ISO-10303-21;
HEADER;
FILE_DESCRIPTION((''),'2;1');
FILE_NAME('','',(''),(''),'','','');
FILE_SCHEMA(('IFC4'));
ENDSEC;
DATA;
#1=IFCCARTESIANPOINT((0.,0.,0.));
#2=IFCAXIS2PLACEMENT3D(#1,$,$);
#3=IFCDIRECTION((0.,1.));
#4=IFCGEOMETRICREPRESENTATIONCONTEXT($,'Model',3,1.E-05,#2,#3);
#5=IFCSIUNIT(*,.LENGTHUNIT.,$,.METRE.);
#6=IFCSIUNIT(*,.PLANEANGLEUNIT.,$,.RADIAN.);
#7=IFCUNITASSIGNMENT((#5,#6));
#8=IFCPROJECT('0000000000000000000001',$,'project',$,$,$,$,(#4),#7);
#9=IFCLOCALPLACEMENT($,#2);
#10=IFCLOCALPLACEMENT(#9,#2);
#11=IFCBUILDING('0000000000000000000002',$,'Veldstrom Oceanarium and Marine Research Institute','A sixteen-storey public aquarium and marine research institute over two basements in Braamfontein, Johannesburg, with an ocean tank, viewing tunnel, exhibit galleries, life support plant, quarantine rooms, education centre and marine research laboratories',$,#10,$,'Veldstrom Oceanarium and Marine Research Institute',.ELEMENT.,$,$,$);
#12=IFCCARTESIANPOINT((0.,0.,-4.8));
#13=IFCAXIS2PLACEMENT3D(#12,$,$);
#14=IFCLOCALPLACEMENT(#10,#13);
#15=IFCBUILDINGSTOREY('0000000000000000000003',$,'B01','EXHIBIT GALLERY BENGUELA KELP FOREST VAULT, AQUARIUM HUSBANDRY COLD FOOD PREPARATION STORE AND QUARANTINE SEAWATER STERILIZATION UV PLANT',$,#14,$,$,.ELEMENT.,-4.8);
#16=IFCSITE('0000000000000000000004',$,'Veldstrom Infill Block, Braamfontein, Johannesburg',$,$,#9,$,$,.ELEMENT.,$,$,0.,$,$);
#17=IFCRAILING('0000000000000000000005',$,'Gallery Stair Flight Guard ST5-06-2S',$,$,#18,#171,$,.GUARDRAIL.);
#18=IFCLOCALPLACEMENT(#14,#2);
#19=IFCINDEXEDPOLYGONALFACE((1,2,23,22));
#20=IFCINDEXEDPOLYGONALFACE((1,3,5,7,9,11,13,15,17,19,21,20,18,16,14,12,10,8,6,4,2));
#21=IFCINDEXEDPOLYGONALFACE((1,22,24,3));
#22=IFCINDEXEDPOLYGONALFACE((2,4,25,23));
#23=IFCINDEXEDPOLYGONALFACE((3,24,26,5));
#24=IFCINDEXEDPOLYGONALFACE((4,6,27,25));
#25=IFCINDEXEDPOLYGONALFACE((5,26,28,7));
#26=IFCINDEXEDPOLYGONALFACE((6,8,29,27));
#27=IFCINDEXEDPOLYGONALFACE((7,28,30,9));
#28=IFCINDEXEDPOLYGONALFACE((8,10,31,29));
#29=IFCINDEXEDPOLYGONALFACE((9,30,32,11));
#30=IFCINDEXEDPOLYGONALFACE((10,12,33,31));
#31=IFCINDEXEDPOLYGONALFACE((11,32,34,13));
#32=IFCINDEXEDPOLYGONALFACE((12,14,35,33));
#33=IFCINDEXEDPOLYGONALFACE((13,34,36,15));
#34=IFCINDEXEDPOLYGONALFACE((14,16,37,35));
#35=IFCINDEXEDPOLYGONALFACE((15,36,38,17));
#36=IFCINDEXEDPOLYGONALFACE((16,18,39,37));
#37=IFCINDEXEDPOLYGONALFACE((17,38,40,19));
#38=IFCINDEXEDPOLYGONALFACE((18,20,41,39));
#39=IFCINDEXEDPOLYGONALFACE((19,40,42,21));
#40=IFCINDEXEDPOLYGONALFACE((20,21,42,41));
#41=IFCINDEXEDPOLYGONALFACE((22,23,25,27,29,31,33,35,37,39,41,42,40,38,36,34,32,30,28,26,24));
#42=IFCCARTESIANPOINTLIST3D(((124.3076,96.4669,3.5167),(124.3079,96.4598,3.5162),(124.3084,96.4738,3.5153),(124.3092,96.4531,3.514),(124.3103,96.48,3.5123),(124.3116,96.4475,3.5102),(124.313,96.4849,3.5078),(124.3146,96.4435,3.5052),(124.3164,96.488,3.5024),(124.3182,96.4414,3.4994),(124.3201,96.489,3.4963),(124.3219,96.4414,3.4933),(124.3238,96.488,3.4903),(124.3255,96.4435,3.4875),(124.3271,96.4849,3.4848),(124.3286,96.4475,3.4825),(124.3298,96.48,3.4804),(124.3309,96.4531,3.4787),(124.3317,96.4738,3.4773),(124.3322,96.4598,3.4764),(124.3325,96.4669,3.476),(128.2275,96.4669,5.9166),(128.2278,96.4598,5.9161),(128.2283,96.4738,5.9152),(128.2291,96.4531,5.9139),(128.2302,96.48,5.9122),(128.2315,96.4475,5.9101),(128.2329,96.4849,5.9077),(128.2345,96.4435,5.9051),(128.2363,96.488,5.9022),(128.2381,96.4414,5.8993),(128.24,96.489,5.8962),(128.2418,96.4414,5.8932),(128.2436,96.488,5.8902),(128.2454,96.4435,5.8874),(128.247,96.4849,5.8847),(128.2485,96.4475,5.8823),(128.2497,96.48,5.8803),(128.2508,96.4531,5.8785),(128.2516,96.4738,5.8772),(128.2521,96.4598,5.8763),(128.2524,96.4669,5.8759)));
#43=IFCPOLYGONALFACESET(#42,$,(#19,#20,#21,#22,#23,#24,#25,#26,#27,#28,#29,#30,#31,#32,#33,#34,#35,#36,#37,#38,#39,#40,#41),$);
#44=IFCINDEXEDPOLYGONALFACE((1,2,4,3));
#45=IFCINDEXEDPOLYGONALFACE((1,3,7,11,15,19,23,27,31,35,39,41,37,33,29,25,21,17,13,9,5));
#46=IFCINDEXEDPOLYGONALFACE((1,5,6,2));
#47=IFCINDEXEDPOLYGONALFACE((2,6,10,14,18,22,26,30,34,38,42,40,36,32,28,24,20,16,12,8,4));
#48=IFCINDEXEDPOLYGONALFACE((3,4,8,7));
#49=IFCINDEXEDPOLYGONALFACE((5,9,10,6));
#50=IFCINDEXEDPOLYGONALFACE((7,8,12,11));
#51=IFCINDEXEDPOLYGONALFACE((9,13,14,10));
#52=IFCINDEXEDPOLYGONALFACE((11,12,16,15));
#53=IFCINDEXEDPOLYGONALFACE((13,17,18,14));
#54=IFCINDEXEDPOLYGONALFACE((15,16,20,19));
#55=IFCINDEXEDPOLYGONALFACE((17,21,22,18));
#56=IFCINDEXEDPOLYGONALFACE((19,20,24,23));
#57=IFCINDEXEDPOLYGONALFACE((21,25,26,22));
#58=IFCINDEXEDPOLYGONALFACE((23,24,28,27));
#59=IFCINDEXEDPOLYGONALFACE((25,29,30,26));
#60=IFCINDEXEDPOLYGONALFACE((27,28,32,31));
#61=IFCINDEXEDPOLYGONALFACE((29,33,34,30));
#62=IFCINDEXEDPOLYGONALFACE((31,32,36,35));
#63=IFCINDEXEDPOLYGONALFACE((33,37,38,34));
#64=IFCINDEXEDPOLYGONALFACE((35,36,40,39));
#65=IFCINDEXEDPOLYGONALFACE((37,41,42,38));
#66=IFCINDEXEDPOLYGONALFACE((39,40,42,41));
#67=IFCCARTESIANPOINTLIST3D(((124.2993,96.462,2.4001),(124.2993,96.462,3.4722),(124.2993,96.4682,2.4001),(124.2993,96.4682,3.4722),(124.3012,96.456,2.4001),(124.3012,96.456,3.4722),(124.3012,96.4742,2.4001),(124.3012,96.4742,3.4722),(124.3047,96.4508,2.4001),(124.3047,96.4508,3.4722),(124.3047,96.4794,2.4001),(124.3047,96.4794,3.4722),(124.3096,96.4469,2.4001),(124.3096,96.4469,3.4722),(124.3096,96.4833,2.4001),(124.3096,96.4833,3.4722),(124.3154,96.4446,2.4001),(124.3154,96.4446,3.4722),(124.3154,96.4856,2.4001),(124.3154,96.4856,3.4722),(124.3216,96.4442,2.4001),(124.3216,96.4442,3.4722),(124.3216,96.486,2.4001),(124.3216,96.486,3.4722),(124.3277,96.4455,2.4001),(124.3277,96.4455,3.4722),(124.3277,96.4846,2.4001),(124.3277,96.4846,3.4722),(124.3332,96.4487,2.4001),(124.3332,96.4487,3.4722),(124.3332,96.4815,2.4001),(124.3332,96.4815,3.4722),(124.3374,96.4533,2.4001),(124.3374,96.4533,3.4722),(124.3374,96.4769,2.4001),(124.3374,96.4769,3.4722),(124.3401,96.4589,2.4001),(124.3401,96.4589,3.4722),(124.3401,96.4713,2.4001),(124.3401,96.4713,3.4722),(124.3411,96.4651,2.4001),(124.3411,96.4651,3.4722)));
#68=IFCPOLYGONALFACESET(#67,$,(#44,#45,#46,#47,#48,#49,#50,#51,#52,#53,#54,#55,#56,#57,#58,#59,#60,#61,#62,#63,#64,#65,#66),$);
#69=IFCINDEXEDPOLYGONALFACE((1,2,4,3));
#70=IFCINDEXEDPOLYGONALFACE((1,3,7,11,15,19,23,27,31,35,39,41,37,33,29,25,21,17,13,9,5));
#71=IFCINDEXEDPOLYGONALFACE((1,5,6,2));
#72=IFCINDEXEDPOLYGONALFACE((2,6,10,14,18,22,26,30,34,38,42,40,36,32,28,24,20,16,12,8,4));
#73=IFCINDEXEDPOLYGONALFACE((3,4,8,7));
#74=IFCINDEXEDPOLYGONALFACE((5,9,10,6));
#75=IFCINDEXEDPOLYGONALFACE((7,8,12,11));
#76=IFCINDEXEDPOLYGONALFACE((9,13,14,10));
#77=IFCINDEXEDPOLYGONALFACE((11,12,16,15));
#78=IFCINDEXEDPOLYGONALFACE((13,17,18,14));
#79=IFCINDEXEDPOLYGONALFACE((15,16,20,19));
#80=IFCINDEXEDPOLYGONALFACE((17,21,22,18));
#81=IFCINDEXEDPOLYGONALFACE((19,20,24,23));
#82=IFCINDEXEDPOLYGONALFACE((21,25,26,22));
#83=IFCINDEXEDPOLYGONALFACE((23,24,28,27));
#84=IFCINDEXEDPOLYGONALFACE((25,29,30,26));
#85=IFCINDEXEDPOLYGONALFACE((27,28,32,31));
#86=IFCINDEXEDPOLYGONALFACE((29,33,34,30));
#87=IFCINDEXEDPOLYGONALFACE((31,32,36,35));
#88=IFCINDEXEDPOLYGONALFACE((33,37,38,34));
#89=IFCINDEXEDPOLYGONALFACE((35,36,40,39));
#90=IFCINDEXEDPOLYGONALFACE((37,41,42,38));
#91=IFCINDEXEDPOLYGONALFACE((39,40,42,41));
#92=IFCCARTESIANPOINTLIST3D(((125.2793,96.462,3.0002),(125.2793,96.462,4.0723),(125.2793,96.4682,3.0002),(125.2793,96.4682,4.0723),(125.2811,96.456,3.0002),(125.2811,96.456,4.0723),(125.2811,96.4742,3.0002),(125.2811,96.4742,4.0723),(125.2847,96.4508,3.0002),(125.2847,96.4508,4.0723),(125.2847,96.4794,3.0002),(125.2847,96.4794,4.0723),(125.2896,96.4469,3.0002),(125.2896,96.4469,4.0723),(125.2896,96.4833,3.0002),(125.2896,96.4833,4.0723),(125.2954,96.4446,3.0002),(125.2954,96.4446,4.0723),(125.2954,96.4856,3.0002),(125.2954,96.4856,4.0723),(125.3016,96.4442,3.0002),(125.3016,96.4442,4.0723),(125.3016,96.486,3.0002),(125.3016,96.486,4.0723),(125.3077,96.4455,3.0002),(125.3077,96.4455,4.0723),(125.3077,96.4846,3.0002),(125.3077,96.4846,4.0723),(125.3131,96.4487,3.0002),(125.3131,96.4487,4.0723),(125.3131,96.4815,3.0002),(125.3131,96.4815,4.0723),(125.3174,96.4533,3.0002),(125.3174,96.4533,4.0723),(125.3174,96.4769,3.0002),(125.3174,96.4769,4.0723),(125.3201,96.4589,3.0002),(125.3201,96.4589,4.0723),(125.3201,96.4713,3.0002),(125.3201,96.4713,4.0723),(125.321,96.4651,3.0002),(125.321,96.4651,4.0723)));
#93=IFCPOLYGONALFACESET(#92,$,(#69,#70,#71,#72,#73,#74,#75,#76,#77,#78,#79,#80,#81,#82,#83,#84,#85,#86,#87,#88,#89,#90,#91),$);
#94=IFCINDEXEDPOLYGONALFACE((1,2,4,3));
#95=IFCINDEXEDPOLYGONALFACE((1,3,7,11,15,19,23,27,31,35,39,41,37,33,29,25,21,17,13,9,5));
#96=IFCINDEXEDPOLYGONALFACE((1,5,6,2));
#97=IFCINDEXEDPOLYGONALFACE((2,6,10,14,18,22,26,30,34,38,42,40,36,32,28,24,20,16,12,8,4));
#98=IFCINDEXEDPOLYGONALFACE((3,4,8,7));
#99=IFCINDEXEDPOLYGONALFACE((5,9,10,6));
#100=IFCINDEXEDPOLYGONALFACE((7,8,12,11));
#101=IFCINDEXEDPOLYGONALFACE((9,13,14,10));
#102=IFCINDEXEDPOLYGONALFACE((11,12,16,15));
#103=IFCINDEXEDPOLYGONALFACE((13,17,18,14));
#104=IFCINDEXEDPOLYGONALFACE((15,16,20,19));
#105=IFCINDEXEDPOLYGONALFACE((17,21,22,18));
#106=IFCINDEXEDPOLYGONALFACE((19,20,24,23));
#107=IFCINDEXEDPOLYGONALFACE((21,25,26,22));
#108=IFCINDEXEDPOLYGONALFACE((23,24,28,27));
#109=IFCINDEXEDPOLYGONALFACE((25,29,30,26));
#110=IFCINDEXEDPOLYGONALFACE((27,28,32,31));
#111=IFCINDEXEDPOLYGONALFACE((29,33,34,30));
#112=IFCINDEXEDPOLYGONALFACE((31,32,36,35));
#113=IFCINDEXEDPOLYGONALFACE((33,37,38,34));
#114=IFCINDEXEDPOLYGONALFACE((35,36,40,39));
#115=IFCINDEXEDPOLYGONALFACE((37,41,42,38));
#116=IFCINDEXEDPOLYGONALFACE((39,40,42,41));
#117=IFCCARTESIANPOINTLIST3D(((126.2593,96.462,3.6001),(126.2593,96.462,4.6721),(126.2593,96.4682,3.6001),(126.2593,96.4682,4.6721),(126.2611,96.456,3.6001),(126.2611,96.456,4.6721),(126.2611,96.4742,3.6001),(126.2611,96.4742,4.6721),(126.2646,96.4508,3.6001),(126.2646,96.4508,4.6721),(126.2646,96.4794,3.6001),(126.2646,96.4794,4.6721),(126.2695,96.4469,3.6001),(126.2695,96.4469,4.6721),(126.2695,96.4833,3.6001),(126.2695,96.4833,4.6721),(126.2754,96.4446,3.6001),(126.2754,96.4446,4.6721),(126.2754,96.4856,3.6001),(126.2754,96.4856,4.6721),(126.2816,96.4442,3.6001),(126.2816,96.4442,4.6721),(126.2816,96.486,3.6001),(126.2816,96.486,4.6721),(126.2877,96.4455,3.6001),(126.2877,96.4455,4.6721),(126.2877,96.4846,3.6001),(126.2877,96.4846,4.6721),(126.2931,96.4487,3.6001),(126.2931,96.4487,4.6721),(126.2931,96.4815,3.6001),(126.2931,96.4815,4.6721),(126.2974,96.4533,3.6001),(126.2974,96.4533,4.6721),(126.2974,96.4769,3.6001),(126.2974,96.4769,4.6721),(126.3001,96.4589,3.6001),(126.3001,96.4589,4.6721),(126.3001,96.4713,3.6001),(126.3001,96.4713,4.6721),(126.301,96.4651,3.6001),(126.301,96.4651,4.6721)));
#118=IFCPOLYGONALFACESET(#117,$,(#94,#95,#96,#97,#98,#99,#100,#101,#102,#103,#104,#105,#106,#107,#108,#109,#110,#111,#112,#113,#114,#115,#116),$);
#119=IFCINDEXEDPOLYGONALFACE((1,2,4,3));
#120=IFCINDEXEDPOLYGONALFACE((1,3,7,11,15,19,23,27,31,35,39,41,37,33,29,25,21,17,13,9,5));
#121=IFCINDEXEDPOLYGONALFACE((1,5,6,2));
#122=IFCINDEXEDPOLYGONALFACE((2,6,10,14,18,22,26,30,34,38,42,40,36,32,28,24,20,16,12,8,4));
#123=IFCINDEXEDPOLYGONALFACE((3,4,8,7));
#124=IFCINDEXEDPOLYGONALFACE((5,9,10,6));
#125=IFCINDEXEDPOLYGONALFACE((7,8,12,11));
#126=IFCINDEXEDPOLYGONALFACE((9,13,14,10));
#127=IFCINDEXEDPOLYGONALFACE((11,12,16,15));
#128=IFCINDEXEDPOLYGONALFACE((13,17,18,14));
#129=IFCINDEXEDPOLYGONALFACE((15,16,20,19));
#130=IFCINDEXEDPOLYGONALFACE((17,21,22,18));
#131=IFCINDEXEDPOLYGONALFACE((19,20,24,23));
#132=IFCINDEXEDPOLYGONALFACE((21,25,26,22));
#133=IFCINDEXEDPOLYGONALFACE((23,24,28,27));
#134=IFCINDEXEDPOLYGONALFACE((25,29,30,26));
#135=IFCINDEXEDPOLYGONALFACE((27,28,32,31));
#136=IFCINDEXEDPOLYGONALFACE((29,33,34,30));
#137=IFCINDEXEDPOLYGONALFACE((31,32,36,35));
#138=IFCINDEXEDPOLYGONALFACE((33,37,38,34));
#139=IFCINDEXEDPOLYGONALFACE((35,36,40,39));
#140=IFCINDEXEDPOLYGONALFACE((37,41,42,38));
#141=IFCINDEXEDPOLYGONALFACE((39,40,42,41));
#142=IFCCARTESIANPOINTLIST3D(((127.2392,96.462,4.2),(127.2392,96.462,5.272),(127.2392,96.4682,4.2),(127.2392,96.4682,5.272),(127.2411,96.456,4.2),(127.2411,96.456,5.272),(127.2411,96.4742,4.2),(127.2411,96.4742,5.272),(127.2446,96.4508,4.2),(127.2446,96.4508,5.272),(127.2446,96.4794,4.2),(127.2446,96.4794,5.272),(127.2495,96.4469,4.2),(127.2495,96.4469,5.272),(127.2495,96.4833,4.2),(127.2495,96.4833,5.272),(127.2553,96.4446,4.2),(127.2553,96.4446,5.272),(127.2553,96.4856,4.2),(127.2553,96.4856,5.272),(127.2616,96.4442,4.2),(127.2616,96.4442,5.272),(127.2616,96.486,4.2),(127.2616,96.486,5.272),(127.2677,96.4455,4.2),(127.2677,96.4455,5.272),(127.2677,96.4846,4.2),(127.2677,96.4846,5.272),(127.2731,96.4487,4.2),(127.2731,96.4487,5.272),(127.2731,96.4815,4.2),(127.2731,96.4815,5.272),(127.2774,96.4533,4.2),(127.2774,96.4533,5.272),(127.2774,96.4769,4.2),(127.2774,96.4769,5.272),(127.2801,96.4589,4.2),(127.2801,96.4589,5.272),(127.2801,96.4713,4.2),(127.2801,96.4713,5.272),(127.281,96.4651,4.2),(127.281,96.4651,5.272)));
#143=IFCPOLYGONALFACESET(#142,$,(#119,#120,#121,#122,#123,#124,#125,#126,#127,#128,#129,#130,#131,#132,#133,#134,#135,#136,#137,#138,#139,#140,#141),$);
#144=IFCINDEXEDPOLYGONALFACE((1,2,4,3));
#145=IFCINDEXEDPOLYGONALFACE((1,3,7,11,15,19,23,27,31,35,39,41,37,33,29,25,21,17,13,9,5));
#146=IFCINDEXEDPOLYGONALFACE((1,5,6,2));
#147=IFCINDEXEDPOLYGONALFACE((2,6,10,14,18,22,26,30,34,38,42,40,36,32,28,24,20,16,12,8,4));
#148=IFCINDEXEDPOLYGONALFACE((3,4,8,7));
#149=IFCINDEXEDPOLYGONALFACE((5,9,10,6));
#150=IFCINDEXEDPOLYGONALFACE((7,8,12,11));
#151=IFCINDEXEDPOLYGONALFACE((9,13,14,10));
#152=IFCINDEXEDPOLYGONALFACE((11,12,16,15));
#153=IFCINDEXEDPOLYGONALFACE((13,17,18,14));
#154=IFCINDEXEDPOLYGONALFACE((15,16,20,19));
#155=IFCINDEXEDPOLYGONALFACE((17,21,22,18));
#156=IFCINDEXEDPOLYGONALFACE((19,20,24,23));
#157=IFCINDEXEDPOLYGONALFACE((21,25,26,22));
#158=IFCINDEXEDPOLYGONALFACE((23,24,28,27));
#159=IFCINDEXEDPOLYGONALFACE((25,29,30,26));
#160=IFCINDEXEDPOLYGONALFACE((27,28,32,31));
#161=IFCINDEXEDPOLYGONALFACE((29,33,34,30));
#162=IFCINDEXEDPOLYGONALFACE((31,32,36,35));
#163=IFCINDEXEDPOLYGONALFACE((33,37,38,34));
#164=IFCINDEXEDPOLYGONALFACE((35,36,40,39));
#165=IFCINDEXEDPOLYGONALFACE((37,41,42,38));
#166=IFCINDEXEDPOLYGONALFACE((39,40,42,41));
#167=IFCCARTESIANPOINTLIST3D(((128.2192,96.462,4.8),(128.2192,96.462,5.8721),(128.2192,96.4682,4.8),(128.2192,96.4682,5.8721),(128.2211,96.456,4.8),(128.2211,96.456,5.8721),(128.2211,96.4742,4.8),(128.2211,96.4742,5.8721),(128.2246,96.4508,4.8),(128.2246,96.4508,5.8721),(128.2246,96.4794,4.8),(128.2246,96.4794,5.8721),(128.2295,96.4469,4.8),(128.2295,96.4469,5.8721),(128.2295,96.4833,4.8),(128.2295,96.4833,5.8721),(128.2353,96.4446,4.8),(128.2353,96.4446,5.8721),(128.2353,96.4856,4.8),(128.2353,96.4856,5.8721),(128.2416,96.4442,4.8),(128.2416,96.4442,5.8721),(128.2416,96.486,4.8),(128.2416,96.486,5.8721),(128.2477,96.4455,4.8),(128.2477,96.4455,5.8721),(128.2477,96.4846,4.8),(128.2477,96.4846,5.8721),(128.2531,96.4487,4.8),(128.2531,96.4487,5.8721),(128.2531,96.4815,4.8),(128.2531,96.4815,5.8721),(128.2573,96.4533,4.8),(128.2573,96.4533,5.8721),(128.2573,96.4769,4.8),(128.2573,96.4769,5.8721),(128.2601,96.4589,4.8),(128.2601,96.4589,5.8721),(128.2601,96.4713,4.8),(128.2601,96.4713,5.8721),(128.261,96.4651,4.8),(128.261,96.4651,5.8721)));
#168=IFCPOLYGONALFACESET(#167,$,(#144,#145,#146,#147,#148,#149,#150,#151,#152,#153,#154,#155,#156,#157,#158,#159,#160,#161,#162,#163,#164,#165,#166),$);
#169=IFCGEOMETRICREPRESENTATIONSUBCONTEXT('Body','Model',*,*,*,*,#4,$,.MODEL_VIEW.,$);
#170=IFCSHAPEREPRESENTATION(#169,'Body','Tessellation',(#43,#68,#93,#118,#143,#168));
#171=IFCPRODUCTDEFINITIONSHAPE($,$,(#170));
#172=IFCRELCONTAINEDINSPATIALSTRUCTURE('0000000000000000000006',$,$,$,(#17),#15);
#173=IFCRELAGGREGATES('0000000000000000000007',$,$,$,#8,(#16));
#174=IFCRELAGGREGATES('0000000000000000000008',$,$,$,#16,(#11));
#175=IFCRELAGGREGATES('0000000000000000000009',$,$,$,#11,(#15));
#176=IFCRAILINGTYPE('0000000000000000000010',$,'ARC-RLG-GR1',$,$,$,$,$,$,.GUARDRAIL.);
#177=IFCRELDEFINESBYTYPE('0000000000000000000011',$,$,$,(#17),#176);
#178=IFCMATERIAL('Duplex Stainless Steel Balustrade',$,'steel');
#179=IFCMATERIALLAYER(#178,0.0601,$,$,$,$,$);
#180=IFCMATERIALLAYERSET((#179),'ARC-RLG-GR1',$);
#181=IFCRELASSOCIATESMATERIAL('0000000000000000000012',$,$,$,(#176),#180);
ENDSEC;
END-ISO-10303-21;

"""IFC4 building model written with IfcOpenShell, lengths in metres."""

from ifc_helpers import new_model, si_unit, direction, frame, origin, origin_2d, place, context, subcontext, project, spatial, circle, extrude, material, layer, layer_set, type_object, element, save


model = new_model("IFC4")

# Units and contexts
model_context = context("Model", 3, precision=1e-05, world=origin(), true_north=direction((0.0, 1.0)))
body_context = subcontext(model_context, "Body", "Model", "MODEL_VIEW")
ifc_project = project(units=[si_unit("LENGTHUNIT", "METRE"), si_unit("PLANEANGLEUNIT", "RADIAN")], contexts=[model_context])

# Site, building, storey
site_placement = place(None, origin())
site = spatial("IfcSite", under=ifc_project, at=site_placement, Name="Veldstrom Infill Block, Braamfontein, Johannesburg", CompositionType="ELEMENT", RefElevation=0.0)
building_placement = place(site_placement, origin())
building = spatial("IfcBuilding", under=site, at=building_placement, Name="Veldstrom Oceanarium and Marine Research Institute", Description="A sixteen-storey public aquarium and marine research institute over two basements in Braamfontein, Johannesburg, with an ocean tank, viewing tunnel, exhibit galleries, life support plant, quarantine rooms, education centre and marine research laboratories", LongName="Veldstrom Oceanarium and Marine Research Institute", CompositionType="ELEMENT")
storey_placement = place(building_placement, frame((0.0, 0.0, -4.8)))
storey = spatial("IfcBuildingStorey", under=building, at=storey_placement, Name="B01", Description="EXHIBIT GALLERY BENGUELA KELP FOREST VAULT, AQUARIUM HUSBANDRY COLD FOOD PREPARATION STORE AND QUARANTINE SEAWATER STERILIZATION UV PLANT", CompositionType="ELEMENT", Elevation=-4.8)

# Railing
ifc_material_1 = material(Name="Duplex Stainless Steel Balustrade", Category="steel")
ifc_layer_1 = layer(ifc_material_1, 0.0601)
ifc_layer_set_1 = layer_set([ifc_layer_1], Name="ARC-RLG-GR1")
railing_type = type_object("IfcRailingType", Name="ARC-RLG-GR1", PredefinedType="GUARDRAIL", material=ifc_layer_set_1)
railing_1_placement = place(storey_placement, frame((124.3201, 96.4651, 2.4001)))
element("IfcRailing", 1, at=railing_1_placement, inside=storey, type_object=railing_type, Name="Gallery Stair Flight Guard ST5-06-2S", PredefinedType="GUARDRAIL", context=body_context, shape_type="SweptSolid", body=[
    extrude(circle(Radius=0.0239, at=origin_2d()), frame((0.0, 0.0, 1.0962), z_axis=(0.852856, 0.0, 0.522146), x_axis=(0.0, 1.0, 0.0)), (0.0, 0.0, 1.0), 4.5962),
    extrude(circle(Radius=0.021, at=origin_2d()), origin(), (0.0, 0.0, 1.0), 1.072),
    extrude(circle(Radius=0.021, at=origin_2d()), frame((0.98, 0.0, 0.6001)), (0.0, 0.0, 1.0), 1.072),
    extrude(circle(Radius=0.021, at=origin_2d()), frame((1.96, 0.0, 1.2)), (0.0, 0.0, 1.0), 1.072),
    extrude(circle(Radius=0.021, at=origin_2d()), frame((2.9399, 0.0, 1.7998)), (0.0, 0.0, 1.0), 1.072),
    extrude(circle(Radius=0.021, at=origin_2d()), frame((3.9199, 0.0, 2.3999)), (0.0, 0.0, 1.0), 1.072),
])

save(model, "model.ifc")
